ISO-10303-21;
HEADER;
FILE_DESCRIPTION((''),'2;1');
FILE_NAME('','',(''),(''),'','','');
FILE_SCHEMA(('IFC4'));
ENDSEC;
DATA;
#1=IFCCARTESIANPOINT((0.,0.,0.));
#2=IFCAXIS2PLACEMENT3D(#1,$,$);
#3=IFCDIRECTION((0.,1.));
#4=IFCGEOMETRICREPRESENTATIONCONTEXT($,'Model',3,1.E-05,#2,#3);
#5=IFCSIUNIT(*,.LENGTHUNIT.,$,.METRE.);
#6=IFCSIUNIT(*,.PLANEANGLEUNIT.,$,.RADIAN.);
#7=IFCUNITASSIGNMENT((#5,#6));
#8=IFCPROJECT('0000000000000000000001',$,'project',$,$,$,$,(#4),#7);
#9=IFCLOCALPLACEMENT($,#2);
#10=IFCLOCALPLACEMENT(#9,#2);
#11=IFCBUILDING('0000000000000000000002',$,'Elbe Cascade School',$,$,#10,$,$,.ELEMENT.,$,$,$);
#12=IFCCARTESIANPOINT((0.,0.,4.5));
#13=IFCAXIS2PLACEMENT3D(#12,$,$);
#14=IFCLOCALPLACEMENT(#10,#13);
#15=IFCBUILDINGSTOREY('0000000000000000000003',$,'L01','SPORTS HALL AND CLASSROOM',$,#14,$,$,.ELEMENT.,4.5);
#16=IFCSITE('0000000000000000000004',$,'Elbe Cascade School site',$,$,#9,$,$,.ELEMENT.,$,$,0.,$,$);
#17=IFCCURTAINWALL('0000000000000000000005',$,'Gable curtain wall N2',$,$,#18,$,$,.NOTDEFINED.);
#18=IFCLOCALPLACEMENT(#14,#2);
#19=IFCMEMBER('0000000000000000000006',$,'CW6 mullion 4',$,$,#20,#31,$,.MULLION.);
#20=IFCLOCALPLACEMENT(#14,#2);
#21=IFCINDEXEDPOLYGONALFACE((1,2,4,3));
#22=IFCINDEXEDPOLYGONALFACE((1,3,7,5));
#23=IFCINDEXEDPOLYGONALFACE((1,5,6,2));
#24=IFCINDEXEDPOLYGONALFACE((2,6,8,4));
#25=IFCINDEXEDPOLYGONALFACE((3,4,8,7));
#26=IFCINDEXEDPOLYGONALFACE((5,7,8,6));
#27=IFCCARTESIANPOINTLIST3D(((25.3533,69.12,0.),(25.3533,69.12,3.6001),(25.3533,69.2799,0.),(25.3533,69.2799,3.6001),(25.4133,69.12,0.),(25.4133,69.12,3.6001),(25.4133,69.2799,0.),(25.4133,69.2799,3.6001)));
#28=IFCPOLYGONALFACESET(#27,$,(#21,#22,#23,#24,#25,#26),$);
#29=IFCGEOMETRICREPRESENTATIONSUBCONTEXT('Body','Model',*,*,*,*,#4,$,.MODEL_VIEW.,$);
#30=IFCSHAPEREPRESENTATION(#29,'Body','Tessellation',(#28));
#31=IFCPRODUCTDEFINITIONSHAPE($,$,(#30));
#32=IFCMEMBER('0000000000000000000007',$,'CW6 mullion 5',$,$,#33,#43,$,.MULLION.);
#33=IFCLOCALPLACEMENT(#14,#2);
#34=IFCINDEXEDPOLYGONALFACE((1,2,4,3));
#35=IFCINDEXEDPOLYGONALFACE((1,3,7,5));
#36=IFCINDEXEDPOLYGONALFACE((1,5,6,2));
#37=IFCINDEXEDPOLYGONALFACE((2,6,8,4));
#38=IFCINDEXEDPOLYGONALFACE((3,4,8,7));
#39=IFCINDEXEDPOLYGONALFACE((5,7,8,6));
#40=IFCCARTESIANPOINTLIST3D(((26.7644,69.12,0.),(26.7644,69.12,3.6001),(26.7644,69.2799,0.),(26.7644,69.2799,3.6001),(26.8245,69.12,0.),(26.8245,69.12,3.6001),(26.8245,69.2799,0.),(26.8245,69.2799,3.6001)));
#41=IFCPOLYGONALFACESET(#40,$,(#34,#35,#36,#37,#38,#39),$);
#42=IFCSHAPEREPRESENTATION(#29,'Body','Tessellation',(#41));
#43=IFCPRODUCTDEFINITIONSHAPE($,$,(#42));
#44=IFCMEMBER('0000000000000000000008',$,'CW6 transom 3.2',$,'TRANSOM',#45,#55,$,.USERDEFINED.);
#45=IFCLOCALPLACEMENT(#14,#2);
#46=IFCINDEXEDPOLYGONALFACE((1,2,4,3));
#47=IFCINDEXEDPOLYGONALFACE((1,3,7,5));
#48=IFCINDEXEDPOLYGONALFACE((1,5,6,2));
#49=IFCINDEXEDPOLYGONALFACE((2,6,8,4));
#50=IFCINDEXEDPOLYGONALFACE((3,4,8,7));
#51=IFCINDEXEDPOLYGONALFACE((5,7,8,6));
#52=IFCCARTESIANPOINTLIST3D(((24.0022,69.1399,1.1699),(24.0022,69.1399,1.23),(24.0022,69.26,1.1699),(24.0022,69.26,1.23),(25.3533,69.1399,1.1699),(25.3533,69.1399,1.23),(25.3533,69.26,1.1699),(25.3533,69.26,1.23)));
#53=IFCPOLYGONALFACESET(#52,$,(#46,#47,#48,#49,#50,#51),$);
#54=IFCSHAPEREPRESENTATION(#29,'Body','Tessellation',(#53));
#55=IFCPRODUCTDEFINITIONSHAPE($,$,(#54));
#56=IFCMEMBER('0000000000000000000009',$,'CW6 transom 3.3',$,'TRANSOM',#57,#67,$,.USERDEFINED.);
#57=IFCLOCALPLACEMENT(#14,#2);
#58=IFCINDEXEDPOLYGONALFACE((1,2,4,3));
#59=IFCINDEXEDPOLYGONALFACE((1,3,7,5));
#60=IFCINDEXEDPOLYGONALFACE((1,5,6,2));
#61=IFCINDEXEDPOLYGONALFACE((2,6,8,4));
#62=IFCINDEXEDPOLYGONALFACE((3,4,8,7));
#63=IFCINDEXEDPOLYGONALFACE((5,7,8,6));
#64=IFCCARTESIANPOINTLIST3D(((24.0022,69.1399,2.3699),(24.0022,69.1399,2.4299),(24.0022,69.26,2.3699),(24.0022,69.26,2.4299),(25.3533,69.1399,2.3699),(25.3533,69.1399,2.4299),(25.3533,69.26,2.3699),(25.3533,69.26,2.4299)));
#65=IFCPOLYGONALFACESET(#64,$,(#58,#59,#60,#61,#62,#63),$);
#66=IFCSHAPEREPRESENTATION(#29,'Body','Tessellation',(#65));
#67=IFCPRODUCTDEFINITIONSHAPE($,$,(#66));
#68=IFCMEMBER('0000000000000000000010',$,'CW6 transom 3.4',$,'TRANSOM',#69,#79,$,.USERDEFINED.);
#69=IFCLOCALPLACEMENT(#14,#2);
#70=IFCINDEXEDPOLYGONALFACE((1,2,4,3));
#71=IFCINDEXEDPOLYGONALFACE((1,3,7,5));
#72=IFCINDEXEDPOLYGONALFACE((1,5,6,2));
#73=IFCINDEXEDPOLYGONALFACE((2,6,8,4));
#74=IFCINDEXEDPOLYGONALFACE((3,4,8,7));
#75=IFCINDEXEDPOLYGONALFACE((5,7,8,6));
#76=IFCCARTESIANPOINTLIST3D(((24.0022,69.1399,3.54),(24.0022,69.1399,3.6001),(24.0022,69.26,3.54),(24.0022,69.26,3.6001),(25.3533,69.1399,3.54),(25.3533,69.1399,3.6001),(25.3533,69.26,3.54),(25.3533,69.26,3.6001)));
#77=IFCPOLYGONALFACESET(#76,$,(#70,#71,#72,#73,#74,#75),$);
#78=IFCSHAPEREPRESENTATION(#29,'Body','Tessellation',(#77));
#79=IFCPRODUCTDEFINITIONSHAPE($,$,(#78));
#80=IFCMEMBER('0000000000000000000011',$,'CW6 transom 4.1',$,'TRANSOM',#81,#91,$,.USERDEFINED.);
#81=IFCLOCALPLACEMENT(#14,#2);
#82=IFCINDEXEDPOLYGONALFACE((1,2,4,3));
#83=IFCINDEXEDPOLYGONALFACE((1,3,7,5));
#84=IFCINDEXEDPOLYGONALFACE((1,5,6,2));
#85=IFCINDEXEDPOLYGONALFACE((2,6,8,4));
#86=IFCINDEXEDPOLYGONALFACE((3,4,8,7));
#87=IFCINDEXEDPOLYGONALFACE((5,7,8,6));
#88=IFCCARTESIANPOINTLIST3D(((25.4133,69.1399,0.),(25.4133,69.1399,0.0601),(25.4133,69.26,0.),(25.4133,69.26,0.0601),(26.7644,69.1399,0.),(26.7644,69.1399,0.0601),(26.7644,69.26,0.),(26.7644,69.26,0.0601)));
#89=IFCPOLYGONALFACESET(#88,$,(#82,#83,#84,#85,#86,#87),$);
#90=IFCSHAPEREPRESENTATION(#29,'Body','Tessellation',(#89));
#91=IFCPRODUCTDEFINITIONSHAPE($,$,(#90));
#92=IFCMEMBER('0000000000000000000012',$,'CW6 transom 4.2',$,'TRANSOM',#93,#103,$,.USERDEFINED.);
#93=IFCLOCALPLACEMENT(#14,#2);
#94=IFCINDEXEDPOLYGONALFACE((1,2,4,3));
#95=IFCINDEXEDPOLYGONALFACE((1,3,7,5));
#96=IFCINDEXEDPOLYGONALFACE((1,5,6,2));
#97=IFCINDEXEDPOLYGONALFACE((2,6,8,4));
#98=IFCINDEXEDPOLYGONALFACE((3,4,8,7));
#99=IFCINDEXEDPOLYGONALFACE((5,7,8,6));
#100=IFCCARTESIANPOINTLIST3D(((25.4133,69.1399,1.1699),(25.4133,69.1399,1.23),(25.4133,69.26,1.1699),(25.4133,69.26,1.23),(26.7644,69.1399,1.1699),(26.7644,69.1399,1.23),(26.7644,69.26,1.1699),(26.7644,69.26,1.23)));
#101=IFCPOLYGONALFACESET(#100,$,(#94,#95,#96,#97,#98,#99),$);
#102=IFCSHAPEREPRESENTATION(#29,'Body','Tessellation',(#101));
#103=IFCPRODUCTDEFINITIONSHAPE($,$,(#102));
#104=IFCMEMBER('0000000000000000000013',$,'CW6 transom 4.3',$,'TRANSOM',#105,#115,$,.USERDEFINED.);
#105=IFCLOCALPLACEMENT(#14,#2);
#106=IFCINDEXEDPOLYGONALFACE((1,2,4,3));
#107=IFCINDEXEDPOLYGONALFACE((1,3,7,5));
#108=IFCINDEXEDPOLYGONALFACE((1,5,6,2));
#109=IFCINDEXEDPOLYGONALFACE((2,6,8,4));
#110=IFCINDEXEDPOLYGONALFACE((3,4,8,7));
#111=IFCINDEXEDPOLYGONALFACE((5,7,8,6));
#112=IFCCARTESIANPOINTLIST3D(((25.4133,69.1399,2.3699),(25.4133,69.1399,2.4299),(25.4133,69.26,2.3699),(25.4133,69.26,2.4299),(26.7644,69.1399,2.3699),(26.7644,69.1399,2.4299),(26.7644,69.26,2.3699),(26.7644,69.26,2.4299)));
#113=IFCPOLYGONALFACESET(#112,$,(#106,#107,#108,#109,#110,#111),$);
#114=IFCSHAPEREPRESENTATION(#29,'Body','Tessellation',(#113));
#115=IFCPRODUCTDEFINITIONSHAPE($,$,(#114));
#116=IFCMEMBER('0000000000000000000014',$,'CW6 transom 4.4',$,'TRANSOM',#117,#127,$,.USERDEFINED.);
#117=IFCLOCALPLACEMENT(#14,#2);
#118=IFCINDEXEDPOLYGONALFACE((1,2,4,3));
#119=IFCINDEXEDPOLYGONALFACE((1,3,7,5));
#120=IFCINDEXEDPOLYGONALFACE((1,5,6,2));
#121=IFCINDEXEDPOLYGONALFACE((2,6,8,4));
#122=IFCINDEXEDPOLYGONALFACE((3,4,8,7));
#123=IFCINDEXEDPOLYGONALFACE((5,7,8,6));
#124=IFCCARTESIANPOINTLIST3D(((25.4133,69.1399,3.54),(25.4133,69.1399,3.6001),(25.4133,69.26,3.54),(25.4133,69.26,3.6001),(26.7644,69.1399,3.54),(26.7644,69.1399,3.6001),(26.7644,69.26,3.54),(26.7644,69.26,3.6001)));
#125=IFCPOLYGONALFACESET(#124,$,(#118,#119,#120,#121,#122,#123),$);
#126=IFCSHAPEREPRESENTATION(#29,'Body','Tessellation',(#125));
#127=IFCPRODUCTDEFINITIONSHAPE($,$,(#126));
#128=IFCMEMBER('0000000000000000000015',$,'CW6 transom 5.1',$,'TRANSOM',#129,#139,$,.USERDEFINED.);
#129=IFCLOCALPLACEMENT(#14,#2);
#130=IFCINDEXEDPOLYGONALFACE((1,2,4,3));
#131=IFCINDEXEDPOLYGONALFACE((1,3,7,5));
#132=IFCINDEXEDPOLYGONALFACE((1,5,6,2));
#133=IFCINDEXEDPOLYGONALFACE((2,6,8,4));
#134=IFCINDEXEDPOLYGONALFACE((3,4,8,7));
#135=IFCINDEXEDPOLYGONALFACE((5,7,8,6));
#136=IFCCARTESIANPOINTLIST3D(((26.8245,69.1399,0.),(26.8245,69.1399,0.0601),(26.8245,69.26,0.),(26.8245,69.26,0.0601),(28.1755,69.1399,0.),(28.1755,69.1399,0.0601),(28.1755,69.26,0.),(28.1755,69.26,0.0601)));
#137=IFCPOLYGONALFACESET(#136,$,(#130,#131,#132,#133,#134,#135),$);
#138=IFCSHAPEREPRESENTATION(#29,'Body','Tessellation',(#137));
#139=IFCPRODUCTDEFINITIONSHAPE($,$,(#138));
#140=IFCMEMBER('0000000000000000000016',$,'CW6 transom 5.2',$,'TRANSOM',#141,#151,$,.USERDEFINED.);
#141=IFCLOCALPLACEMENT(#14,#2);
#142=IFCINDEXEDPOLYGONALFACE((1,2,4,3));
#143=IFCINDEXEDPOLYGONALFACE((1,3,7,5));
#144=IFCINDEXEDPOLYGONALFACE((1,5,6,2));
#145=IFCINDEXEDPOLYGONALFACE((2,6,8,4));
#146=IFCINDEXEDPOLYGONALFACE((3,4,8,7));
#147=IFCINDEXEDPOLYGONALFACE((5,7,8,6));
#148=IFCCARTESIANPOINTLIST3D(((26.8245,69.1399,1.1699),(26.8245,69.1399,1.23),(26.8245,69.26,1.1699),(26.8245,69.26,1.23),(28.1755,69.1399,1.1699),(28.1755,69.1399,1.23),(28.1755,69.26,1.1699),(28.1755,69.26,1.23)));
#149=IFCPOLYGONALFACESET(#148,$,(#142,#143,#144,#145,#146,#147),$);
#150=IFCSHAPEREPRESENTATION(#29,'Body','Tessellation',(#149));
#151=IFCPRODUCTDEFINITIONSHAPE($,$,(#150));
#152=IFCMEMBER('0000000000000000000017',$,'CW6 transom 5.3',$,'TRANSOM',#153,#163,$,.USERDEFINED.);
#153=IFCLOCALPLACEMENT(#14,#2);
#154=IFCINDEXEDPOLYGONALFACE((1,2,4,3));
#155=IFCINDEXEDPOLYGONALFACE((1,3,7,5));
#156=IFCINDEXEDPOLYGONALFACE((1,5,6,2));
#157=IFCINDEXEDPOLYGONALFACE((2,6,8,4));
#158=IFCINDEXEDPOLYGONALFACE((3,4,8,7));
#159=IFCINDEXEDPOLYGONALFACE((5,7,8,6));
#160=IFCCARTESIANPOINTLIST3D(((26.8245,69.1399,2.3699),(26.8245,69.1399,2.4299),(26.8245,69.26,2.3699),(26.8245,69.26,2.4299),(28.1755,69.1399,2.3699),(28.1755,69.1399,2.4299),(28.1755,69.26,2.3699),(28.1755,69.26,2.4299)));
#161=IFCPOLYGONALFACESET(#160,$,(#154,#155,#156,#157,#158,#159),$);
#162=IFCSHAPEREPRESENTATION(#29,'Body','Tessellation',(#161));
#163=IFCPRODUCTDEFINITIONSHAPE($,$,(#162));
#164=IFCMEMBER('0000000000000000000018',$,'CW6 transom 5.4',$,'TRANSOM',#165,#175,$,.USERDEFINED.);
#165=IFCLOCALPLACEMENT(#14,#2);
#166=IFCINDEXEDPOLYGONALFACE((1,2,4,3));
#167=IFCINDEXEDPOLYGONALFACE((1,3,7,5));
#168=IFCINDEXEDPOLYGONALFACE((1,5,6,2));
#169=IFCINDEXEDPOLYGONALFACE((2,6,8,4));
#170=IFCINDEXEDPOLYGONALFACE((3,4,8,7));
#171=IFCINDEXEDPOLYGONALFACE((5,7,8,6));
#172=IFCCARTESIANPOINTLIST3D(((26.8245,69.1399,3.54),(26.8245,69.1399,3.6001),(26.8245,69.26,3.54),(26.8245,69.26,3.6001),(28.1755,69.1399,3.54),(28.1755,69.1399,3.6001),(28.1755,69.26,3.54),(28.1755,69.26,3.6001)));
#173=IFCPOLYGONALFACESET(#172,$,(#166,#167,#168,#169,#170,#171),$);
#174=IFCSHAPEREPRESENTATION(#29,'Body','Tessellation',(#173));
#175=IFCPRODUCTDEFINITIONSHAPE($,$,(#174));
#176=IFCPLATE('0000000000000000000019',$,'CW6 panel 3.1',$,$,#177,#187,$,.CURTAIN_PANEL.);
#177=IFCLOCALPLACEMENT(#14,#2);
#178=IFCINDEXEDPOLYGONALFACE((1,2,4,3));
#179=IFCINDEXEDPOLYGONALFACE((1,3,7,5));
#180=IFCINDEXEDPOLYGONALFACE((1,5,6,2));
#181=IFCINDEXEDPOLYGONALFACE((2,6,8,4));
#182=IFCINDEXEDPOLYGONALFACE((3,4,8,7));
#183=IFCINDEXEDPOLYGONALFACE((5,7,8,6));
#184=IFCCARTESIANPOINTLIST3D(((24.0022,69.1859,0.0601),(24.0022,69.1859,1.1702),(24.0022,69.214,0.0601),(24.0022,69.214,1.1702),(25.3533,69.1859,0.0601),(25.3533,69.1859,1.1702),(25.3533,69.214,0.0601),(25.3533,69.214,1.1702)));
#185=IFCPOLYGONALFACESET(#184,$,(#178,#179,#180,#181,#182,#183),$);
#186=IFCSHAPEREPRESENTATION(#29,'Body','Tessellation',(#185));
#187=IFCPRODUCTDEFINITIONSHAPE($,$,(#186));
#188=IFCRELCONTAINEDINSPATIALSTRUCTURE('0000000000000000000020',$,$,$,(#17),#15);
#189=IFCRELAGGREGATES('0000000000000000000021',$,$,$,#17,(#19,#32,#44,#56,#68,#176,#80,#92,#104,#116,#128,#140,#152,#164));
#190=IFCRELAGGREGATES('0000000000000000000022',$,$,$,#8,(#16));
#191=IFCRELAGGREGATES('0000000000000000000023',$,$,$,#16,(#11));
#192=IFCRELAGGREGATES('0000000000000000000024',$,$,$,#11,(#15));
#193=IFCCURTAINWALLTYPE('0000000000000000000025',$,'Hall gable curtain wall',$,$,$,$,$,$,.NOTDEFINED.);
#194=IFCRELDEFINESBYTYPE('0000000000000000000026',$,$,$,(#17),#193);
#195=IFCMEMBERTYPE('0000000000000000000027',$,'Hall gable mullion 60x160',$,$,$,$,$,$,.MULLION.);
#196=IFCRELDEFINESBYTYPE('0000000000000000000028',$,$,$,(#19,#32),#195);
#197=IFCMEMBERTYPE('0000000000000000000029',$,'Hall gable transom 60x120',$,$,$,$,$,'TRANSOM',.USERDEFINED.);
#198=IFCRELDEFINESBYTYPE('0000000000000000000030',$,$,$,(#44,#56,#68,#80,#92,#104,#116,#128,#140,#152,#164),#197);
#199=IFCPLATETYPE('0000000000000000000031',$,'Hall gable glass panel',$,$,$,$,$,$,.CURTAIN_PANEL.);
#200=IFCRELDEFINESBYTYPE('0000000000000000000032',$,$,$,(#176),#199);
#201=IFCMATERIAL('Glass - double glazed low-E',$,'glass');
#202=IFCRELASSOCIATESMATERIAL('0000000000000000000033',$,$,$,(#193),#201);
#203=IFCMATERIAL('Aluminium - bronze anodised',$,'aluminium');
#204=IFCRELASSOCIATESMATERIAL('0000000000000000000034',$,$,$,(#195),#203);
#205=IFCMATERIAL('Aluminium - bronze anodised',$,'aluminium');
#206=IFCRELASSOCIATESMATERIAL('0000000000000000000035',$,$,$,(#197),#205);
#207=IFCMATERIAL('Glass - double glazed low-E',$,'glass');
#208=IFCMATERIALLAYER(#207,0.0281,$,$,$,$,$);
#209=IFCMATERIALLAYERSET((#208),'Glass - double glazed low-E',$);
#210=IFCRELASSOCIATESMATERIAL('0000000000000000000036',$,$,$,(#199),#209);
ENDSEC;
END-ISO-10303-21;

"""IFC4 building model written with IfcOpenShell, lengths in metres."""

from ifc_helpers import new_model, si_unit, direction, frame, origin, origin_2d, place, context, subcontext, project, spatial, rectangle, extrude, material, layer, layer_set, material_profile, profile_set, type_object, element, aggregate, save


model = new_model("IFC4")

# Units and contexts
model_context = context("Model", 3, precision=1e-05, world=origin(), true_north=direction((0.0, 1.0)))
body_context = subcontext(model_context, "Body", "Model", "MODEL_VIEW")
ifc_project = project(units=[si_unit("LENGTHUNIT", "METRE"), si_unit("PLANEANGLEUNIT", "RADIAN")], contexts=[model_context])

# Site, building, storey
site_placement = place(None, origin())
site = spatial("IfcSite", under=ifc_project, at=site_placement, Name="Elbe Cascade School site", CompositionType="ELEMENT", RefElevation=0.0)
building_placement = place(site_placement, origin())
building = spatial("IfcBuilding", under=site, at=building_placement, Name="Elbe Cascade School", CompositionType="ELEMENT")
storey_placement = place(building_placement, frame((0.0, 0.0, 4.5)))
storey = spatial("IfcBuildingStorey", under=building, at=storey_placement, Name="L01", Description="SPORTS HALL AND CLASSROOM", CompositionType="ELEMENT", Elevation=4.5)

# Curtain wall, members, plate
ifc_material_1 = material(Name="Glass - double glazed low-E", Category="glass")
curtain_wall_type = type_object("IfcCurtainWallType", Name="Hall gable curtain wall", PredefinedType="NOTDEFINED", material=ifc_material_1)
curtain_wall_placement = place(storey_placement, origin())
curtain_wall = element("IfcCurtainWall", 1, at=curtain_wall_placement, inside=storey, type_object=curtain_wall_type, Name="Gable curtain wall N2", PredefinedType="NOTDEFINED")
ifc_material_2 = material(Name="Aluminium - bronze anodised", Category="aluminium")
ifc_material_profile_1 = material_profile(ifc_material_2, rectangle(XDim=0.1599, YDim=0.0601, at=origin_2d()), Name="Alu 60x160")
ifc_profile_set_1 = profile_set([ifc_material_profile_1], Name="Aluminium - bronze anodised")
member_type_1 = type_object("IfcMemberType", Name="Hall gable mullion 60x160", PredefinedType="MULLION", material=ifc_profile_set_1)
member_1_placement = place(storey_placement, frame((25.3833, 69.2, 0.0), z_axis=(0.0, 0.0, 1.0), x_axis=(0.0, 1.0, 0.0)))
member_1 = element("IfcMember", 2, at=member_1_placement, type_object=member_type_1, Name="CW6 mullion 4", PredefinedType="MULLION", context=body_context, shape_type="SweptSolid", body=[
    extrude(rectangle(XDim=0.1599, YDim=0.0601, at=origin_2d()), origin(), (0.0, 0.0, 1.0), 3.6001),
])
member_2_placement = place(storey_placement, frame((26.7944, 69.2, 0.0), z_axis=(0.0, 0.0, 1.0), x_axis=(0.0, 1.0, 0.0)))
member_2 = element("IfcMember", 3, at=member_2_placement, type_object=member_type_1, Name="CW6 mullion 5", PredefinedType="MULLION", context=body_context, shape_type="SweptSolid", body=[
    extrude(rectangle(XDim=0.1599, YDim=0.0601, at=origin_2d()), origin(), (0.0, 0.0, 1.0), 3.6001),
])
ifc_material_3 = material(Name="Aluminium - bronze anodised", Category="aluminium")
ifc_material_profile_2 = material_profile(ifc_material_3, rectangle(XDim=0.1201, YDim=0.0601, at=origin_2d()), Name="Alu 60x120")
ifc_profile_set_2 = profile_set([ifc_material_profile_2], Name="Aluminium - bronze anodised")
member_type_2 = type_object("IfcMemberType", Name="Hall gable transom 60x120", ElementType="TRANSOM", PredefinedType="USERDEFINED", material=ifc_profile_set_2)
member_3_placement = place(storey_placement, frame((24.0022, 69.2, 1.2), z_axis=(1.0, 0.0, 0.0), x_axis=(0.0, 1.0, 0.0)))
member_3 = element("IfcMember", 4, at=member_3_placement, type_object=member_type_2, Name="CW6 transom 3.2", ObjectType="TRANSOM", PredefinedType="USERDEFINED", context=body_context, shape_type="SweptSolid", body=[
    extrude(rectangle(XDim=0.1201, YDim=0.0601, at=origin_2d()), origin(), (0.0, 0.0, 1.0), 1.3511),
])
member_4_placement = place(storey_placement, frame((24.0022, 69.2, 2.3999), z_axis=(1.0, 0.0, 0.0), x_axis=(0.0, 1.0, 0.0)))
member_4 = element("IfcMember", 5, at=member_4_placement, type_object=member_type_2, Name="CW6 transom 3.3", ObjectType="TRANSOM", PredefinedType="USERDEFINED", context=body_context, shape_type="SweptSolid", body=[
    extrude(rectangle(XDim=0.1201, YDim=0.0601, at=origin_2d()), origin(), (0.0, 0.0, 1.0), 1.3511),
])
member_5_placement = place(storey_placement, frame((24.0022, 69.2, 3.5701), z_axis=(1.0, 0.0, 0.0), x_axis=(0.0, 1.0, 0.0)))
member_5 = element("IfcMember", 6, at=member_5_placement, type_object=member_type_2, Name="CW6 transom 3.4", ObjectType="TRANSOM", PredefinedType="USERDEFINED", context=body_context, shape_type="SweptSolid", body=[
    extrude(rectangle(XDim=0.1201, YDim=0.0601, at=origin_2d()), origin(), (0.0, 0.0, 1.0), 1.3511),
])
member_6_placement = place(storey_placement, frame((25.4133, 69.2, 0.03), z_axis=(1.0, 0.0, 0.0), x_axis=(0.0, 1.0, 0.0)))
member_6 = element("IfcMember", 7, at=member_6_placement, type_object=member_type_2, Name="CW6 transom 4.1", ObjectType="TRANSOM", PredefinedType="USERDEFINED", context=body_context, shape_type="SweptSolid", body=[
    extrude(rectangle(XDim=0.1201, YDim=0.0601, at=origin_2d()), origin(), (0.0, 0.0, 1.0), 1.3511),
])
member_7_placement = place(storey_placement, frame((25.4133, 69.2, 1.2), z_axis=(1.0, 0.0, 0.0), x_axis=(0.0, 1.0, 0.0)))
member_7 = element("IfcMember", 8, at=member_7_placement, type_object=member_type_2, Name="CW6 transom 4.2", ObjectType="TRANSOM", PredefinedType="USERDEFINED", context=body_context, shape_type="SweptSolid", body=[
    extrude(rectangle(XDim=0.1201, YDim=0.0601, at=origin_2d()), origin(), (0.0, 0.0, 1.0), 1.3511),
])
member_8_placement = place(storey_placement, frame((25.4133, 69.2, 2.3999), z_axis=(1.0, 0.0, 0.0), x_axis=(0.0, 1.0, 0.0)))
member_8 = element("IfcMember", 9, at=member_8_placement, type_object=member_type_2, Name="CW6 transom 4.3", ObjectType="TRANSOM", PredefinedType="USERDEFINED", context=body_context, shape_type="SweptSolid", body=[
    extrude(rectangle(XDim=0.1201, YDim=0.0601, at=origin_2d()), origin(), (0.0, 0.0, 1.0), 1.3511),
])
member_9_placement = place(storey_placement, frame((25.4133, 69.2, 3.5701), z_axis=(1.0, 0.0, 0.0), x_axis=(0.0, 1.0, 0.0)))
member_9 = element("IfcMember", 10, at=member_9_placement, type_object=member_type_2, Name="CW6 transom 4.4", ObjectType="TRANSOM", PredefinedType="USERDEFINED", context=body_context, shape_type="SweptSolid", body=[
    extrude(rectangle(XDim=0.1201, YDim=0.0601, at=origin_2d()), origin(), (0.0, 0.0, 1.0), 1.3511),
])
member_10_placement = place(storey_placement, frame((26.8245, 69.2, 0.03), z_axis=(1.0, 0.0, 0.0), x_axis=(0.0, 1.0, 0.0)))
member_10 = element("IfcMember", 11, at=member_10_placement, type_object=member_type_2, Name="CW6 transom 5.1", ObjectType="TRANSOM", PredefinedType="USERDEFINED", context=body_context, shape_type="SweptSolid", body=[
    extrude(rectangle(XDim=0.1201, YDim=0.0601, at=origin_2d()), origin(), (0.0, 0.0, 1.0), 1.3511),
])
member_11_placement = place(storey_placement, frame((26.8245, 69.2, 1.2), z_axis=(1.0, 0.0, 0.0), x_axis=(0.0, 1.0, 0.0)))
member_11 = element("IfcMember", 12, at=member_11_placement, type_object=member_type_2, Name="CW6 transom 5.2", ObjectType="TRANSOM", PredefinedType="USERDEFINED", context=body_context, shape_type="SweptSolid", body=[
    extrude(rectangle(XDim=0.1201, YDim=0.0601, at=origin_2d()), origin(), (0.0, 0.0, 1.0), 1.3511),
])
member_12_placement = place(storey_placement, frame((26.8245, 69.2, 2.3999), z_axis=(1.0, 0.0, 0.0), x_axis=(0.0, 1.0, 0.0)))
member_12 = element("IfcMember", 13, at=member_12_placement, type_object=member_type_2, Name="CW6 transom 5.3", ObjectType="TRANSOM", PredefinedType="USERDEFINED", context=body_context, shape_type="SweptSolid", body=[
    extrude(rectangle(XDim=0.1201, YDim=0.0601, at=origin_2d()), origin(), (0.0, 0.0, 1.0), 1.3511),
])
member_13_placement = place(storey_placement, frame((26.8245, 69.2, 3.5701), z_axis=(1.0, 0.0, 0.0), x_axis=(0.0, 1.0, 0.0)))
member_13 = element("IfcMember", 14, at=member_13_placement, type_object=member_type_2, Name="CW6 transom 5.4", ObjectType="TRANSOM", PredefinedType="USERDEFINED", context=body_context, shape_type="SweptSolid", body=[
    extrude(rectangle(XDim=0.1201, YDim=0.0601, at=origin_2d()), origin(), (0.0, 0.0, 1.0), 1.3511),
])
ifc_material_4 = material(Name="Glass - double glazed low-E", Category="glass")
ifc_layer = layer(ifc_material_4, 0.0281)
ifc_layer_set = layer_set([ifc_layer], Name="Glass - double glazed low-E")
plate_type = type_object("IfcPlateType", Name="Hall gable glass panel", PredefinedType="CURTAIN_PANEL", material=ifc_layer_set)
plate_1_placement = place(storey_placement, frame((24.6777, 69.2, 0.0601), z_axis=(0.0, 0.0, 1.0), x_axis=(1.0, 0.0, 0.0)))
plate_1 = element("IfcPlate", 15, at=plate_1_placement, type_object=plate_type, Name="CW6 panel 3.1", PredefinedType="CURTAIN_PANEL", context=body_context, shape_type="SweptSolid", body=[
    extrude(rectangle(XDim=1.3511, YDim=0.0281, at=origin_2d()), origin(), (0.0, 0.0, 1.0), 1.1101),
])
aggregate(curtain_wall, [member_1, member_2, member_3, member_4, member_5, plate_1, member_6, member_7, member_8, member_9, member_10, member_11, member_12, member_13])

save(model, "model.ifc")
